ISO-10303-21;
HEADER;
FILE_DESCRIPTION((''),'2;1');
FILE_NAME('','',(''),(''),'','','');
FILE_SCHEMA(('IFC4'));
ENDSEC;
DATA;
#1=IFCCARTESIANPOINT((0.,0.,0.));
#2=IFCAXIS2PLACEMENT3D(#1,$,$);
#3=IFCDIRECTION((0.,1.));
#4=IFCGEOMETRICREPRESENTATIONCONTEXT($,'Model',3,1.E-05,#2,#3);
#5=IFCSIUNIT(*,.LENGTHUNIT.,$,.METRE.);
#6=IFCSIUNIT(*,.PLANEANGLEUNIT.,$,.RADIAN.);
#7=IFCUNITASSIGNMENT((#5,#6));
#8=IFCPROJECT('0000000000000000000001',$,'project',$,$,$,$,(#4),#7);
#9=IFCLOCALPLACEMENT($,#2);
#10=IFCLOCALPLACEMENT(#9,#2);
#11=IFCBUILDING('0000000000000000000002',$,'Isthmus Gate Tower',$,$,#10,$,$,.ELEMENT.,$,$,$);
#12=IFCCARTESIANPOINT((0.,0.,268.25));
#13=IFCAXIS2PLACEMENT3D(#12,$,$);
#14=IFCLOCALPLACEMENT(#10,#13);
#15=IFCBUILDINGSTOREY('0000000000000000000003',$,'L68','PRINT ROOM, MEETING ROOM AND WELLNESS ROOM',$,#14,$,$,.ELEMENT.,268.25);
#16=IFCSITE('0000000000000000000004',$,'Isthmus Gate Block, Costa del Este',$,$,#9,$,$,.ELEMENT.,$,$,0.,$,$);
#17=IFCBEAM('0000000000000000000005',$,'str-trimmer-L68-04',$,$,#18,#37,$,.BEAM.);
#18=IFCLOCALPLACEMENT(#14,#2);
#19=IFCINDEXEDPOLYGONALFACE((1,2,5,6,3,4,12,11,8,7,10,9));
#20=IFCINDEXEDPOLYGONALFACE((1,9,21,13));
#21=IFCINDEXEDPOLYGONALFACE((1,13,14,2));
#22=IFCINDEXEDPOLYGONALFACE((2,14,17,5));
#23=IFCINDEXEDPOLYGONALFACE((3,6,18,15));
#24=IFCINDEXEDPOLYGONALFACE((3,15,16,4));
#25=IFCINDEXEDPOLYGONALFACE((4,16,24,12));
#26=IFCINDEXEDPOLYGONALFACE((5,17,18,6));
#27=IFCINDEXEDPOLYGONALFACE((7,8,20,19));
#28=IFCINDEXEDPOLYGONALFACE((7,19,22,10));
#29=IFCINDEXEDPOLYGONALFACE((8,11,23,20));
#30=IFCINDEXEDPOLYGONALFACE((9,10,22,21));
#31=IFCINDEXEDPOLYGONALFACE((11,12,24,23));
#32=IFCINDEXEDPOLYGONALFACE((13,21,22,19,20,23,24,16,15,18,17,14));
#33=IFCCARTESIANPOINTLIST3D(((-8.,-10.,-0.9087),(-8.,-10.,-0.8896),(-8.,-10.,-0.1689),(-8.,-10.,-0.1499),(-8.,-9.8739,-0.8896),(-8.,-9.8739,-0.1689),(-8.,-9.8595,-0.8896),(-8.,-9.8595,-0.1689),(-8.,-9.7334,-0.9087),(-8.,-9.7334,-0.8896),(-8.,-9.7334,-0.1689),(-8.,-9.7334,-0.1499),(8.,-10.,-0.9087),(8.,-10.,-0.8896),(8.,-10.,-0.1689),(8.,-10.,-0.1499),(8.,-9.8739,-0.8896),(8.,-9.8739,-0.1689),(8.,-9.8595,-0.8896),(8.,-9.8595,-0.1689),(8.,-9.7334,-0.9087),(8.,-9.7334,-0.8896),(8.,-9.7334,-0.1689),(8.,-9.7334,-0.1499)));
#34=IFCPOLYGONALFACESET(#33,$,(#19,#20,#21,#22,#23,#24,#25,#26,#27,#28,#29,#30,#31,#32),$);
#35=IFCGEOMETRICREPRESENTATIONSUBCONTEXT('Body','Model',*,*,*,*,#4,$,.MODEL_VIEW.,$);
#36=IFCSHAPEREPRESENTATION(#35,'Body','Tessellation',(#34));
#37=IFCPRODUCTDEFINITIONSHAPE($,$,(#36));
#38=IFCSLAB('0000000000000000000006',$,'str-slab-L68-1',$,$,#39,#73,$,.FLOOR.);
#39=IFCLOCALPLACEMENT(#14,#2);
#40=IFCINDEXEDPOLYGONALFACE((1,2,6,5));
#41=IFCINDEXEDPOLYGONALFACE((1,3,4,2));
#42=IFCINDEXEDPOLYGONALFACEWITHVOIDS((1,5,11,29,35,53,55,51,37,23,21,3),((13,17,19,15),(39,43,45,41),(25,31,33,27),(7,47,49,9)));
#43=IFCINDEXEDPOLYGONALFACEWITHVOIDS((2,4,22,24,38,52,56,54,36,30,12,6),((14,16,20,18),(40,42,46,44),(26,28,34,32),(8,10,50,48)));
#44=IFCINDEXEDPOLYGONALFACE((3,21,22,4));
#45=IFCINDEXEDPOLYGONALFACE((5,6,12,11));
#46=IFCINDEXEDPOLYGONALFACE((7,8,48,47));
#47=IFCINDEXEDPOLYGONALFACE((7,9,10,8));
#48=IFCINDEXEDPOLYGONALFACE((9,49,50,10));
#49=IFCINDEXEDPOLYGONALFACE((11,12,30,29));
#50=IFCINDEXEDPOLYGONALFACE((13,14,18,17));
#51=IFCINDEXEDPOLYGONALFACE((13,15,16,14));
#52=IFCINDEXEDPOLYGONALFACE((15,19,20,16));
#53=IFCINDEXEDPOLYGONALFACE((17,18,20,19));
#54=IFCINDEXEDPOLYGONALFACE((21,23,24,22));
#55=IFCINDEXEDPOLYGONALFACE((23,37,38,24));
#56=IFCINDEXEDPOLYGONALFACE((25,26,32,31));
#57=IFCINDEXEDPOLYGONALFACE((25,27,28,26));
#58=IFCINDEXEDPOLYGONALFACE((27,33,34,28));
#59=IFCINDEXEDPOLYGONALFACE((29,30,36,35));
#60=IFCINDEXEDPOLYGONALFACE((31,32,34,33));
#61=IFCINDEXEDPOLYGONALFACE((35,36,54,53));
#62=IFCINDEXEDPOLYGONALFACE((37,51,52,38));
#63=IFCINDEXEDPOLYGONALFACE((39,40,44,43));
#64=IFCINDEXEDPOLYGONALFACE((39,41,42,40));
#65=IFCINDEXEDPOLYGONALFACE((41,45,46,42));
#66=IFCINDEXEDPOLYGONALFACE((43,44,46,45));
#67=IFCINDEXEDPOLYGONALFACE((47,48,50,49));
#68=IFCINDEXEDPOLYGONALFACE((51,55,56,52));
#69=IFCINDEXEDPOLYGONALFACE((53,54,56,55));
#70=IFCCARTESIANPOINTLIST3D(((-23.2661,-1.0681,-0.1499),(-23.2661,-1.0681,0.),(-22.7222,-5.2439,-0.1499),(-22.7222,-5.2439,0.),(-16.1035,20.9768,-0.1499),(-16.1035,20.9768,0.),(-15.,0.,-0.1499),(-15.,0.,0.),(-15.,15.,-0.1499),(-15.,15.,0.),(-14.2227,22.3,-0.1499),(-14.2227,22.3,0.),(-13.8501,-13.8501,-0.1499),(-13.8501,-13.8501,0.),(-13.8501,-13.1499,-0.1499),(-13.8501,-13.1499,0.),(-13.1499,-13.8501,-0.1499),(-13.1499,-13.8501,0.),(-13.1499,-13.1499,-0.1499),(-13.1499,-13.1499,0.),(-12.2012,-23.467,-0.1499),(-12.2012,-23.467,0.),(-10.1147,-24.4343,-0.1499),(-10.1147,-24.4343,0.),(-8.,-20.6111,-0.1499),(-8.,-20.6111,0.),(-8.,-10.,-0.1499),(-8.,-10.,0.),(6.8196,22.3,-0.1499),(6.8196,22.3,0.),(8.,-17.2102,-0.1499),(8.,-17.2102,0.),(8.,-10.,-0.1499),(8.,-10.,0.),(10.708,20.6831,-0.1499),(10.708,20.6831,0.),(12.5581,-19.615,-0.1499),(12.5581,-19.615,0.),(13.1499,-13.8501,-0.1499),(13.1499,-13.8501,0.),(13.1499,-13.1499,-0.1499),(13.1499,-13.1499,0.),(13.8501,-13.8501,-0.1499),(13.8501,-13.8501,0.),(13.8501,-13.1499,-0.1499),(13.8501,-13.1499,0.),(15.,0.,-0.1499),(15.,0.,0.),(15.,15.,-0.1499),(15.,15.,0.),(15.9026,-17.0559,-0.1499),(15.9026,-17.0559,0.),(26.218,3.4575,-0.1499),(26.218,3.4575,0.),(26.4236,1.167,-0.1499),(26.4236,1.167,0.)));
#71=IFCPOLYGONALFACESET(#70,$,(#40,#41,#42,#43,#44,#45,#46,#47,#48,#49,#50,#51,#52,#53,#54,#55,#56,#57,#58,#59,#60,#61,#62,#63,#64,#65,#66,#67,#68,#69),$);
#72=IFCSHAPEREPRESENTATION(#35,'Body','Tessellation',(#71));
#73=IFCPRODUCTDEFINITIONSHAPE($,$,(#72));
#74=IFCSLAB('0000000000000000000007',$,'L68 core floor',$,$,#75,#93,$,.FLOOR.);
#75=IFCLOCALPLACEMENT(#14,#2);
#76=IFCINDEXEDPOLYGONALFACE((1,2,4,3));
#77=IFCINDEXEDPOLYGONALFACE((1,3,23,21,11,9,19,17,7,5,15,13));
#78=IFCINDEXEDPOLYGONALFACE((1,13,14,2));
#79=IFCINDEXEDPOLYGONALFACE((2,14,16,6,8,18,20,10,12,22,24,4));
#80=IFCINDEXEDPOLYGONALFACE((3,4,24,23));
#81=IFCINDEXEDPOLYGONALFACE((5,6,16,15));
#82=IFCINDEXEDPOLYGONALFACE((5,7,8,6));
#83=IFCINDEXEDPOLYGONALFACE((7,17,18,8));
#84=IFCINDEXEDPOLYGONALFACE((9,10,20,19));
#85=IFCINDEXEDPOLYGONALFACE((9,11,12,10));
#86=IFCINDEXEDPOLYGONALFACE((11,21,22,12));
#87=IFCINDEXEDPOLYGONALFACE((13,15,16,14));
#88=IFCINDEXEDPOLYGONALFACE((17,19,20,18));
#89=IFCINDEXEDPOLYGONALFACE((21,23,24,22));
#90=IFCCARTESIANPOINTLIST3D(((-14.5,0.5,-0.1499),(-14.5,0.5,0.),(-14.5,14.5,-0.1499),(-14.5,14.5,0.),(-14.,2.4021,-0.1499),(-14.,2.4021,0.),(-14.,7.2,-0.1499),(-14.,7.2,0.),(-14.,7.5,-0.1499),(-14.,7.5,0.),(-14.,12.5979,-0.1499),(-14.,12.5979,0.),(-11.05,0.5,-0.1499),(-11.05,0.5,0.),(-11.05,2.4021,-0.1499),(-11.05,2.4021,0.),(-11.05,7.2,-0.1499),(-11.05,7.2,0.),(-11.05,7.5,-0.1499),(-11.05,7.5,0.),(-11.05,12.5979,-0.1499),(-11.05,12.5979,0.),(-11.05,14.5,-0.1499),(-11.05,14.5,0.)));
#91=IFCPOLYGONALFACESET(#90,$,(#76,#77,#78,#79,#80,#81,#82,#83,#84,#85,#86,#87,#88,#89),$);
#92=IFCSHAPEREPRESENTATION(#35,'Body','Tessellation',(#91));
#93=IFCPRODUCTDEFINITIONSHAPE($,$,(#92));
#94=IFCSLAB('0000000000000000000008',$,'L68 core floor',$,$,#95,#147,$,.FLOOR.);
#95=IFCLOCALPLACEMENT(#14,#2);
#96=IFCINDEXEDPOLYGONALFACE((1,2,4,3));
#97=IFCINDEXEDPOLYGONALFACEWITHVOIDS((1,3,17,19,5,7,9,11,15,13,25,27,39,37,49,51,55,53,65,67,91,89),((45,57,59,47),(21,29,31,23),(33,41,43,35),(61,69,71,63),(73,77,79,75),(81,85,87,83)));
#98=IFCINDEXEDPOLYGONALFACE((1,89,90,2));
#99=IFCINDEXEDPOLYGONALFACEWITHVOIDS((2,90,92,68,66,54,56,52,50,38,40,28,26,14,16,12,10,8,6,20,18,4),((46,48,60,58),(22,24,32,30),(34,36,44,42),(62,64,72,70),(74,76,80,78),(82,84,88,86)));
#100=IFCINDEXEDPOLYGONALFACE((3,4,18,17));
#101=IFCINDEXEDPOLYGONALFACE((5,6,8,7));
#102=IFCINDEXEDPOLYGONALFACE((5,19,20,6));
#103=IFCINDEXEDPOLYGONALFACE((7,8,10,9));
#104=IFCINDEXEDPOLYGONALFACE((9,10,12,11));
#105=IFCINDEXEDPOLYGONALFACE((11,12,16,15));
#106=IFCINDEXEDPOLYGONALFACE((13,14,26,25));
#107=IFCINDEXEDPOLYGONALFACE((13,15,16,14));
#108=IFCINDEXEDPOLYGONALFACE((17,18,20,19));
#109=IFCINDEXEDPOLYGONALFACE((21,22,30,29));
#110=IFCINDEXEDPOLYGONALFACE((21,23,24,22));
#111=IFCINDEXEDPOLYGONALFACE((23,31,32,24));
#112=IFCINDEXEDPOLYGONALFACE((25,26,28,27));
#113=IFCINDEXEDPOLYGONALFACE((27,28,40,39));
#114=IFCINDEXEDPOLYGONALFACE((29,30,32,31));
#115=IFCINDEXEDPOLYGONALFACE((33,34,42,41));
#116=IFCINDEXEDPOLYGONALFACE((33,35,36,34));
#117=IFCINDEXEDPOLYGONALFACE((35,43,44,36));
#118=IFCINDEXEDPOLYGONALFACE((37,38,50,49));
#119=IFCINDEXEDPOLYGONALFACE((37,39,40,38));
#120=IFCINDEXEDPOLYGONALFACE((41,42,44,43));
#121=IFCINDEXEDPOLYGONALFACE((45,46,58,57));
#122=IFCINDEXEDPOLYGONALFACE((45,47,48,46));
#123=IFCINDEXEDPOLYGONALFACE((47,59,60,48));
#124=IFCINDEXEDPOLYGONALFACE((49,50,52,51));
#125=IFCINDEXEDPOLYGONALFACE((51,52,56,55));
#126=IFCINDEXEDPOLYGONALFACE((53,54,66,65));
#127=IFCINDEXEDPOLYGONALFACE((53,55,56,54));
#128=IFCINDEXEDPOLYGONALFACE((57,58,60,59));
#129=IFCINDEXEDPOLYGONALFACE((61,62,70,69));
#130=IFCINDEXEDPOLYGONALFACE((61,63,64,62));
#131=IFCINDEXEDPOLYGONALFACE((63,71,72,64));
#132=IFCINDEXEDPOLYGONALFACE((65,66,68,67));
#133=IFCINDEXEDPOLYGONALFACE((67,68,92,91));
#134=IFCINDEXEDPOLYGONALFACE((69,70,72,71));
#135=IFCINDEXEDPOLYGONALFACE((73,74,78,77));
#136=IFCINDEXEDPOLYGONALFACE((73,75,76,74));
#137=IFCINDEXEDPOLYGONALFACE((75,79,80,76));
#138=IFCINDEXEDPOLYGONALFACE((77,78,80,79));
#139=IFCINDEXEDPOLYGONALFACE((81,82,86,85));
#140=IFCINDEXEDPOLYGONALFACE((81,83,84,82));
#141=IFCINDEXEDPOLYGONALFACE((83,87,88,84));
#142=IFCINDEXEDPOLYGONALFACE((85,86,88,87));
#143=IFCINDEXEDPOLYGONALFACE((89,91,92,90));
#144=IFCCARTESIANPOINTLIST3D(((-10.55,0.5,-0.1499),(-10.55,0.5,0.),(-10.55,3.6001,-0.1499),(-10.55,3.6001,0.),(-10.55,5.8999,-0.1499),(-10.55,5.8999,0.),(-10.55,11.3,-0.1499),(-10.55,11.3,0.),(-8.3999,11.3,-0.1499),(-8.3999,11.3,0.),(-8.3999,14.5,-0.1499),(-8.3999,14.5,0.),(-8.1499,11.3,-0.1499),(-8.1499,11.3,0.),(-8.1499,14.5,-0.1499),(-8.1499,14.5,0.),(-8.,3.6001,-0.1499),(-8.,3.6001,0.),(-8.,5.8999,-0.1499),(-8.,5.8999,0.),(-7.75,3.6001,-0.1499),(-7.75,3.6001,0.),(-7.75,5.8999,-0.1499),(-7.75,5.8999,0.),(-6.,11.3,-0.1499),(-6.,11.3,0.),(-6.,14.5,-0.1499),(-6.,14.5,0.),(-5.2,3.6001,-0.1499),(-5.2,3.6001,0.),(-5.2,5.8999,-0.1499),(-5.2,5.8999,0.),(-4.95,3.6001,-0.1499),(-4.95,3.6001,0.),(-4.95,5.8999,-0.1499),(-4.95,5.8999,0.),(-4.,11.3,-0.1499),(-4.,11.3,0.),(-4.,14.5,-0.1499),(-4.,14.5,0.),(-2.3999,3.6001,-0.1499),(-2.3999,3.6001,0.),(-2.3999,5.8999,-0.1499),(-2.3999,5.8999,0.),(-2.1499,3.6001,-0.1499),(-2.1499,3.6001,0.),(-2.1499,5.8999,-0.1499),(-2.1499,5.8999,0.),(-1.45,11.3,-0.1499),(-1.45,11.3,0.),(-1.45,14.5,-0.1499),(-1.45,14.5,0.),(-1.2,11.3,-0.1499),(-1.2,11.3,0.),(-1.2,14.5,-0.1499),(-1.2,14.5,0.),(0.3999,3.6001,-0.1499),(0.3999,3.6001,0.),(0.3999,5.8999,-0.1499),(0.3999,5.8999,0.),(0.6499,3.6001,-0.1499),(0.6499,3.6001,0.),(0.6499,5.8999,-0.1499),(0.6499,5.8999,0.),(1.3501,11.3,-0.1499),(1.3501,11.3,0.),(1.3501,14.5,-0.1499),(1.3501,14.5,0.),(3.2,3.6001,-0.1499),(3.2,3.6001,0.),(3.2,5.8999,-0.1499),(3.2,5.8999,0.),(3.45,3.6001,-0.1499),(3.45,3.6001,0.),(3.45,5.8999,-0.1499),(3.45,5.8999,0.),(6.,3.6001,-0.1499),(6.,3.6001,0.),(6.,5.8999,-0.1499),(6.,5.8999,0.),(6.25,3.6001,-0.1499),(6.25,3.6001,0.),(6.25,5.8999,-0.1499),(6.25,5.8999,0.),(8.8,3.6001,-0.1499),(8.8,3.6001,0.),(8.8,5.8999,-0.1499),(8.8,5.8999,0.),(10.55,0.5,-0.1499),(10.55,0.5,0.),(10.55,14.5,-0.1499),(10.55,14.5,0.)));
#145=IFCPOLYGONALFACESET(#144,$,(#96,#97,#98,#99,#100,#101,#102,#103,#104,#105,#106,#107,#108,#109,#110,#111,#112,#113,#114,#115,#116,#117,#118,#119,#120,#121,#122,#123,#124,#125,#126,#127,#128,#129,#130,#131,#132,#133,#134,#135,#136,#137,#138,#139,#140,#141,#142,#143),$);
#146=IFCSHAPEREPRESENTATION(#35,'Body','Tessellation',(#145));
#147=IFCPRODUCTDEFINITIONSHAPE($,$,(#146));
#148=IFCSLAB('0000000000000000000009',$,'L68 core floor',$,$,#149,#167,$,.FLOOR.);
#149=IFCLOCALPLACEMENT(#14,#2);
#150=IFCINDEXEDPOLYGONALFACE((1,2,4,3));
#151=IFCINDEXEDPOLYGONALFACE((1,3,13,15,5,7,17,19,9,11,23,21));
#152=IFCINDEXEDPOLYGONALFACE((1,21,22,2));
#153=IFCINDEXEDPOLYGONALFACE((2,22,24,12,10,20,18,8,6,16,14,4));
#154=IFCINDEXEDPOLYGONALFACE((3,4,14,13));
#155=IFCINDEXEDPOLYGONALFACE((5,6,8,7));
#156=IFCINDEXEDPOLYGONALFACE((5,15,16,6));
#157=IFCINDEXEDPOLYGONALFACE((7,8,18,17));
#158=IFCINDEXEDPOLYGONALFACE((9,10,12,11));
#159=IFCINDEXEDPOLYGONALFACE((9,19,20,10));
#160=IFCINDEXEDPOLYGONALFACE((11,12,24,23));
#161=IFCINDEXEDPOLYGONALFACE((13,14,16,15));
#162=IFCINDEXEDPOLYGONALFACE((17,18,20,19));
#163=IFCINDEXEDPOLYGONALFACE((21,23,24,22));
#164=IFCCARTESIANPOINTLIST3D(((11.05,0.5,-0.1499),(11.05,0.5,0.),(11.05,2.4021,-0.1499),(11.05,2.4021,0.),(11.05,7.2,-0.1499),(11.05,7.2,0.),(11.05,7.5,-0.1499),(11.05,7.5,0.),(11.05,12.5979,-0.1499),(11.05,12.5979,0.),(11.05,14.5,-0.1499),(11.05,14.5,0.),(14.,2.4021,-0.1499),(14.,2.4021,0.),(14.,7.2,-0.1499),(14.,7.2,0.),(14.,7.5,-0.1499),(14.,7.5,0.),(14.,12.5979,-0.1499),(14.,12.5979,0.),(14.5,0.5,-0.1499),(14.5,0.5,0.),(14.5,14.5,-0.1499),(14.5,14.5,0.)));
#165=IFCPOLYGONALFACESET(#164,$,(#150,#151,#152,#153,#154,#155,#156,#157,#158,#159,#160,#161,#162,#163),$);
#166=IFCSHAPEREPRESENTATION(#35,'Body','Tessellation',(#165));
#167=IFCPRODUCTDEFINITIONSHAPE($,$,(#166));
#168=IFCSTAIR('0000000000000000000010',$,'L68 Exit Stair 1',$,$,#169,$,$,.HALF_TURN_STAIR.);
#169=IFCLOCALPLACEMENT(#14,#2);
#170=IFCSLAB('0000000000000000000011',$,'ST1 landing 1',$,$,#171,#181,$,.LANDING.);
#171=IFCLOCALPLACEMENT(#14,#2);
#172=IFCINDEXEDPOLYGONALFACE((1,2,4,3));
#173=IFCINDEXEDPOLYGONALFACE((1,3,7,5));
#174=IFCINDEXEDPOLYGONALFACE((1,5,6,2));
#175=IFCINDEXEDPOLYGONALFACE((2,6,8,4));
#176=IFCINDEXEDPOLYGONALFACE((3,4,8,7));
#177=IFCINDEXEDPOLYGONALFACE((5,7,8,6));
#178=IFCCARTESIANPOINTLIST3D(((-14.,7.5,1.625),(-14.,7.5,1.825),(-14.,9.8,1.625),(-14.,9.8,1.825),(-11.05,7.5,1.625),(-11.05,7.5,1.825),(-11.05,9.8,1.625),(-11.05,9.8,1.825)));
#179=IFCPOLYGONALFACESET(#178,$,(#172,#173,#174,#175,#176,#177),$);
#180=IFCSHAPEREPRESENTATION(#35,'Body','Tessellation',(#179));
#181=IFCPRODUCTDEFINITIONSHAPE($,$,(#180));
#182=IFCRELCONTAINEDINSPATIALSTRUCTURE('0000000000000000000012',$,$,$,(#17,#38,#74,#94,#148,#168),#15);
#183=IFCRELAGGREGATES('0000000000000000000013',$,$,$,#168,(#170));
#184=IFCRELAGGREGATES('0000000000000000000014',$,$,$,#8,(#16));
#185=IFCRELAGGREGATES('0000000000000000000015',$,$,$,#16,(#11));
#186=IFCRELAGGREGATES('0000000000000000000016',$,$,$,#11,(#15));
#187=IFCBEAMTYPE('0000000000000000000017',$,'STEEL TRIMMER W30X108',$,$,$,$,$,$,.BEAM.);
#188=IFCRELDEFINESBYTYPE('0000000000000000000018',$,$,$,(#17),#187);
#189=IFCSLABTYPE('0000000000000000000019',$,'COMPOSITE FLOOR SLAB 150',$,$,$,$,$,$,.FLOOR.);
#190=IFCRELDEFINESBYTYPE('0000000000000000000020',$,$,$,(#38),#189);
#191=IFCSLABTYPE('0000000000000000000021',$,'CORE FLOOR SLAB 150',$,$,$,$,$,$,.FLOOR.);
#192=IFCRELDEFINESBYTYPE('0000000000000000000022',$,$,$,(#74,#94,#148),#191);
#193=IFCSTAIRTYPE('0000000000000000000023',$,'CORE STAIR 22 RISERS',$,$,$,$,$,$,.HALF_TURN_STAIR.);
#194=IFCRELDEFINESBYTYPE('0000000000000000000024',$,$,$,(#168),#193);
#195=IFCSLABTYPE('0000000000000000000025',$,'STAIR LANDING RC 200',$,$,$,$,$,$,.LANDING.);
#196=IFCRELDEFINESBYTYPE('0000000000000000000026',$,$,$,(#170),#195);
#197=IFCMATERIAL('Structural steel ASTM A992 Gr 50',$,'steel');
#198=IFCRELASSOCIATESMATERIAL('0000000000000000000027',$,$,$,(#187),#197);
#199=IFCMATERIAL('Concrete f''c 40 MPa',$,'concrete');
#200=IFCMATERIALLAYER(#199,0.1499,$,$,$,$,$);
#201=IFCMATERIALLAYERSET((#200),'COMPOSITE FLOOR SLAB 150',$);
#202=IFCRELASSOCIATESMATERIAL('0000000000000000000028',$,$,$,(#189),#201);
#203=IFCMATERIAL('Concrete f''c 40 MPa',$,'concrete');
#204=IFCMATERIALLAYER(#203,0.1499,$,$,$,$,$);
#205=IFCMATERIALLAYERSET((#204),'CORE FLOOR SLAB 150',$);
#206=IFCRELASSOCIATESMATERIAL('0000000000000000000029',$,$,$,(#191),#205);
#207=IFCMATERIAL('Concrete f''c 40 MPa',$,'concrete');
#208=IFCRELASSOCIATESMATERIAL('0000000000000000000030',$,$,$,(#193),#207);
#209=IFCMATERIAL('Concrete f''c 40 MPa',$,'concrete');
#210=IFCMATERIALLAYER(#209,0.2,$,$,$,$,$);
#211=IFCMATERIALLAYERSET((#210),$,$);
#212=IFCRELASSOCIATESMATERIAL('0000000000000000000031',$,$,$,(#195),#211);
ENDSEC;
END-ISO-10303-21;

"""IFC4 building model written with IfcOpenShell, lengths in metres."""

from ifc_helpers import new_model, si_unit, direction, frame, origin, origin_2d, place, context, subcontext, project, spatial, polyline, i_section, outline, extrude, material, layer, layer_set, material_profile, profile_set, type_object, element, aggregate, save


model = new_model("IFC4")

# Units and contexts
model_context = context("Model", 3, precision=1e-05, world=origin(), true_north=direction((0.0, 1.0)))
body_context = subcontext(model_context, "Body", "Model", "MODEL_VIEW")
ifc_project = project(units=[si_unit("LENGTHUNIT", "METRE"), si_unit("PLANEANGLEUNIT", "RADIAN")], contexts=[model_context])

# Site, building, storey
site_placement = place(None, origin())
site = spatial("IfcSite", under=ifc_project, at=site_placement, Name="Isthmus Gate Block, Costa del Este", CompositionType="ELEMENT", RefElevation=0.0)
building_placement = place(site_placement, origin())
building = spatial("IfcBuilding", under=site, at=building_placement, Name="Isthmus Gate Tower", CompositionType="ELEMENT")
storey_placement = place(building_placement, frame((0.0, 0.0, 268.25)))
storey = spatial("IfcBuildingStorey", under=building, at=storey_placement, Name="L68", Description="PRINT ROOM, MEETING ROOM AND WELLNESS ROOM", CompositionType="ELEMENT", Elevation=268.25)

# Beam
ifc_material_1 = material(Name="Structural steel ASTM A992 Gr 50", Category="steel")
ifc_material_profile_1 = material_profile(ifc_material_1, i_section(OverallWidth=0.2666, OverallDepth=0.7588, WebThickness=0.0144, FlangeThickness=0.019, at=origin_2d()), Name="W30X108")
ifc_profile_set_1 = profile_set([ifc_material_profile_1], Name="Structural steel ASTM A992 Gr 50")
beam_type_1 = type_object("IfcBeamType", Name="STEEL TRIMMER W30X108", PredefinedType="BEAM", material=ifc_profile_set_1)
beam_1_placement = place(storey_placement, frame((8.0, -9.8667, -0.5293), z_axis=(-1.0, 0.0, 0.0), x_axis=(0.0, -1.0, 0.0)))
element("IfcBeam", 1, at=beam_1_placement, inside=storey, type_object=beam_type_1, Name="str-trimmer-L68-04", PredefinedType="BEAM", context=body_context, shape_type="SweptSolid", body=[
    extrude(i_section(OverallWidth=0.2666, OverallDepth=0.7588, WebThickness=0.0144, FlangeThickness=0.019, at=origin_2d()), origin(), (0.0, 0.0, 1.0), 16.0),
])

# Slabs
ifc_material_2 = material(Name="Concrete f'c 40 MPa", Category="concrete")
ifc_layer_1 = layer(ifc_material_2, 0.1499)
ifc_layer_set_1 = layer_set([ifc_layer_1], Name="COMPOSITE FLOOR SLAB 150")
slab_type_1 = type_object("IfcSlabType", Name="COMPOSITE FLOOR SLAB 150", PredefinedType="FLOOR", material=ifc_layer_set_1)
slab_1_placement = place(storey_placement, frame((0.0, 0.0, -0.1499)))
element("IfcSlab", 2, at=slab_1_placement, inside=storey, type_object=slab_type_1, Name="str-slab-L68-1", PredefinedType="FLOOR", context=body_context, shape_type="SweptSolid", body=[
    extrude(outline(polyline([(10.708, 20.6831), (26.218, 3.4575), (26.4236, 1.167), (15.9026, -17.0559), (12.5581, -19.615), (-10.1147, -24.4343), (-12.2012, -23.467), (-22.7222, -5.2439), (-23.2661, -1.0681), (-16.1035, 20.9768), (-14.2227, 22.3), (6.8196, 22.3), (10.708, 20.6831)]), holes=[polyline([(-8.0, -10.0), (-8.0, -20.6111), (8.0, -17.2102), (8.0, -10.0), (-8.0, -10.0)]), polyline([(-13.8501, -13.1499), (-13.8501, -13.8501), (-13.1499, -13.8501), (-13.1499, -13.1499), (-13.8501, -13.1499)]), polyline([(13.1499, -13.1499), (13.1499, -13.8501), (13.8501, -13.8501), (13.8501, -13.1499), (13.1499, -13.1499)]), polyline([(-15.0, 0.0), (15.0, 0.0), (15.0, 15.0), (-15.0, 15.0), (-15.0, 0.0)])]), origin(), (0.0, 0.0, 1.0), 0.1499),
])
ifc_material_3 = material(Name="Concrete f'c 40 MPa", Category="concrete")
ifc_layer_2 = layer(ifc_material_3, 0.1499)
ifc_layer_set_2 = layer_set([ifc_layer_2], Name="CORE FLOOR SLAB 150")
slab_type_2 = type_object("IfcSlabType", Name="CORE FLOOR SLAB 150", PredefinedType="FLOOR", material=ifc_layer_set_2)
slab_2_placement = place(storey_placement, frame((0.0, 0.0, -0.1499)))
element("IfcSlab", 3, at=slab_2_placement, inside=storey, type_object=slab_type_2, Name="L68 core floor", PredefinedType="FLOOR", context=body_context, shape_type="SweptSolid", body=[
    extrude(outline(polyline([(-11.05, 0.5), (-11.05, 2.4021), (-14.0, 2.4021), (-14.0, 7.2), (-11.05, 7.2), (-11.05, 7.5), (-14.0, 7.5), (-14.0, 12.5979), (-11.05, 12.5979), (-11.05, 14.5), (-14.5, 14.5), (-14.5, 0.5), (-11.05, 0.5)])), origin(), (0.0, 0.0, 1.0), 0.1499),
])
slab_3_placement = place(storey_placement, frame((0.0, 0.0, -0.1499)))
element("IfcSlab", 4, at=slab_3_placement, inside=storey, type_object=slab_type_2, Name="L68 core floor", PredefinedType="FLOOR", context=body_context, shape_type="SweptSolid", body=[
    extrude(outline(polyline([(10.55, 14.5), (1.3501, 14.5), (1.3501, 11.3), (-1.2, 11.3), (-1.2, 14.5), (-1.45, 14.5), (-1.45, 11.3), (-4.0, 11.3), (-4.0, 14.5), (-6.0, 14.5), (-6.0, 11.3), (-8.1499, 11.3), (-8.1499, 14.5), (-8.3999, 14.5), (-8.3999, 11.3), (-10.55, 11.3), (-10.55, 5.8999), (-8.0, 5.8999), (-8.0, 3.6001), (-10.55, 3.6001), (-10.55, 0.5), (10.55, 0.5), (10.55, 14.5)]), holes=[polyline([(-5.2, 5.8999), (-5.2, 3.6001), (-7.75, 3.6001), (-7.75, 5.8999), (-5.2, 5.8999)]), polyline([(-2.3999, 5.8999), (-2.3999, 3.6001), (-4.95, 3.6001), (-4.95, 5.8999), (-2.3999, 5.8999)]), polyline([(0.3999, 5.8999), (0.3999, 3.6001), (-2.1499, 3.6001), (-2.1499, 5.8999), (0.3999, 5.8999)]), polyline([(3.2, 5.8999), (3.2, 3.6001), (0.6499, 3.6001), (0.6499, 5.8999), (3.2, 5.8999)]), polyline([(6.0, 5.8999), (6.0, 3.6001), (3.45, 3.6001), (3.45, 5.8999), (6.0, 5.8999)]), polyline([(8.8, 5.8999), (8.8, 3.6001), (6.25, 3.6001), (6.25, 5.8999), (8.8, 5.8999)])]), origin(), (0.0, 0.0, 1.0), 0.1499),
])
slab_4_placement = place(storey_placement, frame((0.0, 0.0, -0.1499)))
element("IfcSlab", 5, at=slab_4_placement, inside=storey, type_object=slab_type_2, Name="L68 core floor", PredefinedType="FLOOR", context=body_context, shape_type="SweptSolid", body=[
    extrude(outline(polyline([(11.05, 14.5), (11.05, 12.5979), (14.0, 12.5979), (14.0, 7.5), (11.05, 7.5), (11.05, 7.2), (14.0, 7.2), (14.0, 2.4021), (11.05, 2.4021), (11.05, 0.5), (14.5, 0.5), (14.5, 14.5), (11.05, 14.5)])), origin(), (0.0, 0.0, 1.0), 0.1499),
])

# Stair, slab
ifc_material_4 = material(Name="Concrete f'c 40 MPa", Category="concrete")
stair_type = type_object("IfcStairType", Name="CORE STAIR 22 RISERS", PredefinedType="HALF_TURN_STAIR", material=ifc_material_4)
stair_1_placement = place(storey_placement, origin())
stair_1 = element("IfcStair", 6, at=stair_1_placement, inside=storey, type_object=stair_type, Name="L68 Exit Stair 1", PredefinedType="HALF_TURN_STAIR")
ifc_material_5 = material(Name="Concrete f'c 40 MPa", Category="concrete")
ifc_layer_3 = layer(ifc_material_5, 0.2)
ifc_layer_set_3 = layer_set([ifc_layer_3])
slab_type_3 = type_object("IfcSlabType", Name="STAIR LANDING RC 200", PredefinedType="LANDING", material=ifc_layer_set_3)
slab_5_placement = place(storey_placement, frame((0.0, 0.0, 1.625)))
slab_5 = element("IfcSlab", 7, at=slab_5_placement, type_object=slab_type_3, Name="ST1 landing 1", PredefinedType="LANDING", context=body_context, shape_type="SweptSolid", body=[
    extrude(outline(polyline([(-14.0, 9.8), (-14.0, 7.5), (-11.05, 7.5), (-11.05, 9.8), (-14.0, 9.8)])), origin(), (0.0, 0.0, 1.0), 0.2),
])
aggregate(stair_1, [slab_5])

save(model, "model.ifc")
